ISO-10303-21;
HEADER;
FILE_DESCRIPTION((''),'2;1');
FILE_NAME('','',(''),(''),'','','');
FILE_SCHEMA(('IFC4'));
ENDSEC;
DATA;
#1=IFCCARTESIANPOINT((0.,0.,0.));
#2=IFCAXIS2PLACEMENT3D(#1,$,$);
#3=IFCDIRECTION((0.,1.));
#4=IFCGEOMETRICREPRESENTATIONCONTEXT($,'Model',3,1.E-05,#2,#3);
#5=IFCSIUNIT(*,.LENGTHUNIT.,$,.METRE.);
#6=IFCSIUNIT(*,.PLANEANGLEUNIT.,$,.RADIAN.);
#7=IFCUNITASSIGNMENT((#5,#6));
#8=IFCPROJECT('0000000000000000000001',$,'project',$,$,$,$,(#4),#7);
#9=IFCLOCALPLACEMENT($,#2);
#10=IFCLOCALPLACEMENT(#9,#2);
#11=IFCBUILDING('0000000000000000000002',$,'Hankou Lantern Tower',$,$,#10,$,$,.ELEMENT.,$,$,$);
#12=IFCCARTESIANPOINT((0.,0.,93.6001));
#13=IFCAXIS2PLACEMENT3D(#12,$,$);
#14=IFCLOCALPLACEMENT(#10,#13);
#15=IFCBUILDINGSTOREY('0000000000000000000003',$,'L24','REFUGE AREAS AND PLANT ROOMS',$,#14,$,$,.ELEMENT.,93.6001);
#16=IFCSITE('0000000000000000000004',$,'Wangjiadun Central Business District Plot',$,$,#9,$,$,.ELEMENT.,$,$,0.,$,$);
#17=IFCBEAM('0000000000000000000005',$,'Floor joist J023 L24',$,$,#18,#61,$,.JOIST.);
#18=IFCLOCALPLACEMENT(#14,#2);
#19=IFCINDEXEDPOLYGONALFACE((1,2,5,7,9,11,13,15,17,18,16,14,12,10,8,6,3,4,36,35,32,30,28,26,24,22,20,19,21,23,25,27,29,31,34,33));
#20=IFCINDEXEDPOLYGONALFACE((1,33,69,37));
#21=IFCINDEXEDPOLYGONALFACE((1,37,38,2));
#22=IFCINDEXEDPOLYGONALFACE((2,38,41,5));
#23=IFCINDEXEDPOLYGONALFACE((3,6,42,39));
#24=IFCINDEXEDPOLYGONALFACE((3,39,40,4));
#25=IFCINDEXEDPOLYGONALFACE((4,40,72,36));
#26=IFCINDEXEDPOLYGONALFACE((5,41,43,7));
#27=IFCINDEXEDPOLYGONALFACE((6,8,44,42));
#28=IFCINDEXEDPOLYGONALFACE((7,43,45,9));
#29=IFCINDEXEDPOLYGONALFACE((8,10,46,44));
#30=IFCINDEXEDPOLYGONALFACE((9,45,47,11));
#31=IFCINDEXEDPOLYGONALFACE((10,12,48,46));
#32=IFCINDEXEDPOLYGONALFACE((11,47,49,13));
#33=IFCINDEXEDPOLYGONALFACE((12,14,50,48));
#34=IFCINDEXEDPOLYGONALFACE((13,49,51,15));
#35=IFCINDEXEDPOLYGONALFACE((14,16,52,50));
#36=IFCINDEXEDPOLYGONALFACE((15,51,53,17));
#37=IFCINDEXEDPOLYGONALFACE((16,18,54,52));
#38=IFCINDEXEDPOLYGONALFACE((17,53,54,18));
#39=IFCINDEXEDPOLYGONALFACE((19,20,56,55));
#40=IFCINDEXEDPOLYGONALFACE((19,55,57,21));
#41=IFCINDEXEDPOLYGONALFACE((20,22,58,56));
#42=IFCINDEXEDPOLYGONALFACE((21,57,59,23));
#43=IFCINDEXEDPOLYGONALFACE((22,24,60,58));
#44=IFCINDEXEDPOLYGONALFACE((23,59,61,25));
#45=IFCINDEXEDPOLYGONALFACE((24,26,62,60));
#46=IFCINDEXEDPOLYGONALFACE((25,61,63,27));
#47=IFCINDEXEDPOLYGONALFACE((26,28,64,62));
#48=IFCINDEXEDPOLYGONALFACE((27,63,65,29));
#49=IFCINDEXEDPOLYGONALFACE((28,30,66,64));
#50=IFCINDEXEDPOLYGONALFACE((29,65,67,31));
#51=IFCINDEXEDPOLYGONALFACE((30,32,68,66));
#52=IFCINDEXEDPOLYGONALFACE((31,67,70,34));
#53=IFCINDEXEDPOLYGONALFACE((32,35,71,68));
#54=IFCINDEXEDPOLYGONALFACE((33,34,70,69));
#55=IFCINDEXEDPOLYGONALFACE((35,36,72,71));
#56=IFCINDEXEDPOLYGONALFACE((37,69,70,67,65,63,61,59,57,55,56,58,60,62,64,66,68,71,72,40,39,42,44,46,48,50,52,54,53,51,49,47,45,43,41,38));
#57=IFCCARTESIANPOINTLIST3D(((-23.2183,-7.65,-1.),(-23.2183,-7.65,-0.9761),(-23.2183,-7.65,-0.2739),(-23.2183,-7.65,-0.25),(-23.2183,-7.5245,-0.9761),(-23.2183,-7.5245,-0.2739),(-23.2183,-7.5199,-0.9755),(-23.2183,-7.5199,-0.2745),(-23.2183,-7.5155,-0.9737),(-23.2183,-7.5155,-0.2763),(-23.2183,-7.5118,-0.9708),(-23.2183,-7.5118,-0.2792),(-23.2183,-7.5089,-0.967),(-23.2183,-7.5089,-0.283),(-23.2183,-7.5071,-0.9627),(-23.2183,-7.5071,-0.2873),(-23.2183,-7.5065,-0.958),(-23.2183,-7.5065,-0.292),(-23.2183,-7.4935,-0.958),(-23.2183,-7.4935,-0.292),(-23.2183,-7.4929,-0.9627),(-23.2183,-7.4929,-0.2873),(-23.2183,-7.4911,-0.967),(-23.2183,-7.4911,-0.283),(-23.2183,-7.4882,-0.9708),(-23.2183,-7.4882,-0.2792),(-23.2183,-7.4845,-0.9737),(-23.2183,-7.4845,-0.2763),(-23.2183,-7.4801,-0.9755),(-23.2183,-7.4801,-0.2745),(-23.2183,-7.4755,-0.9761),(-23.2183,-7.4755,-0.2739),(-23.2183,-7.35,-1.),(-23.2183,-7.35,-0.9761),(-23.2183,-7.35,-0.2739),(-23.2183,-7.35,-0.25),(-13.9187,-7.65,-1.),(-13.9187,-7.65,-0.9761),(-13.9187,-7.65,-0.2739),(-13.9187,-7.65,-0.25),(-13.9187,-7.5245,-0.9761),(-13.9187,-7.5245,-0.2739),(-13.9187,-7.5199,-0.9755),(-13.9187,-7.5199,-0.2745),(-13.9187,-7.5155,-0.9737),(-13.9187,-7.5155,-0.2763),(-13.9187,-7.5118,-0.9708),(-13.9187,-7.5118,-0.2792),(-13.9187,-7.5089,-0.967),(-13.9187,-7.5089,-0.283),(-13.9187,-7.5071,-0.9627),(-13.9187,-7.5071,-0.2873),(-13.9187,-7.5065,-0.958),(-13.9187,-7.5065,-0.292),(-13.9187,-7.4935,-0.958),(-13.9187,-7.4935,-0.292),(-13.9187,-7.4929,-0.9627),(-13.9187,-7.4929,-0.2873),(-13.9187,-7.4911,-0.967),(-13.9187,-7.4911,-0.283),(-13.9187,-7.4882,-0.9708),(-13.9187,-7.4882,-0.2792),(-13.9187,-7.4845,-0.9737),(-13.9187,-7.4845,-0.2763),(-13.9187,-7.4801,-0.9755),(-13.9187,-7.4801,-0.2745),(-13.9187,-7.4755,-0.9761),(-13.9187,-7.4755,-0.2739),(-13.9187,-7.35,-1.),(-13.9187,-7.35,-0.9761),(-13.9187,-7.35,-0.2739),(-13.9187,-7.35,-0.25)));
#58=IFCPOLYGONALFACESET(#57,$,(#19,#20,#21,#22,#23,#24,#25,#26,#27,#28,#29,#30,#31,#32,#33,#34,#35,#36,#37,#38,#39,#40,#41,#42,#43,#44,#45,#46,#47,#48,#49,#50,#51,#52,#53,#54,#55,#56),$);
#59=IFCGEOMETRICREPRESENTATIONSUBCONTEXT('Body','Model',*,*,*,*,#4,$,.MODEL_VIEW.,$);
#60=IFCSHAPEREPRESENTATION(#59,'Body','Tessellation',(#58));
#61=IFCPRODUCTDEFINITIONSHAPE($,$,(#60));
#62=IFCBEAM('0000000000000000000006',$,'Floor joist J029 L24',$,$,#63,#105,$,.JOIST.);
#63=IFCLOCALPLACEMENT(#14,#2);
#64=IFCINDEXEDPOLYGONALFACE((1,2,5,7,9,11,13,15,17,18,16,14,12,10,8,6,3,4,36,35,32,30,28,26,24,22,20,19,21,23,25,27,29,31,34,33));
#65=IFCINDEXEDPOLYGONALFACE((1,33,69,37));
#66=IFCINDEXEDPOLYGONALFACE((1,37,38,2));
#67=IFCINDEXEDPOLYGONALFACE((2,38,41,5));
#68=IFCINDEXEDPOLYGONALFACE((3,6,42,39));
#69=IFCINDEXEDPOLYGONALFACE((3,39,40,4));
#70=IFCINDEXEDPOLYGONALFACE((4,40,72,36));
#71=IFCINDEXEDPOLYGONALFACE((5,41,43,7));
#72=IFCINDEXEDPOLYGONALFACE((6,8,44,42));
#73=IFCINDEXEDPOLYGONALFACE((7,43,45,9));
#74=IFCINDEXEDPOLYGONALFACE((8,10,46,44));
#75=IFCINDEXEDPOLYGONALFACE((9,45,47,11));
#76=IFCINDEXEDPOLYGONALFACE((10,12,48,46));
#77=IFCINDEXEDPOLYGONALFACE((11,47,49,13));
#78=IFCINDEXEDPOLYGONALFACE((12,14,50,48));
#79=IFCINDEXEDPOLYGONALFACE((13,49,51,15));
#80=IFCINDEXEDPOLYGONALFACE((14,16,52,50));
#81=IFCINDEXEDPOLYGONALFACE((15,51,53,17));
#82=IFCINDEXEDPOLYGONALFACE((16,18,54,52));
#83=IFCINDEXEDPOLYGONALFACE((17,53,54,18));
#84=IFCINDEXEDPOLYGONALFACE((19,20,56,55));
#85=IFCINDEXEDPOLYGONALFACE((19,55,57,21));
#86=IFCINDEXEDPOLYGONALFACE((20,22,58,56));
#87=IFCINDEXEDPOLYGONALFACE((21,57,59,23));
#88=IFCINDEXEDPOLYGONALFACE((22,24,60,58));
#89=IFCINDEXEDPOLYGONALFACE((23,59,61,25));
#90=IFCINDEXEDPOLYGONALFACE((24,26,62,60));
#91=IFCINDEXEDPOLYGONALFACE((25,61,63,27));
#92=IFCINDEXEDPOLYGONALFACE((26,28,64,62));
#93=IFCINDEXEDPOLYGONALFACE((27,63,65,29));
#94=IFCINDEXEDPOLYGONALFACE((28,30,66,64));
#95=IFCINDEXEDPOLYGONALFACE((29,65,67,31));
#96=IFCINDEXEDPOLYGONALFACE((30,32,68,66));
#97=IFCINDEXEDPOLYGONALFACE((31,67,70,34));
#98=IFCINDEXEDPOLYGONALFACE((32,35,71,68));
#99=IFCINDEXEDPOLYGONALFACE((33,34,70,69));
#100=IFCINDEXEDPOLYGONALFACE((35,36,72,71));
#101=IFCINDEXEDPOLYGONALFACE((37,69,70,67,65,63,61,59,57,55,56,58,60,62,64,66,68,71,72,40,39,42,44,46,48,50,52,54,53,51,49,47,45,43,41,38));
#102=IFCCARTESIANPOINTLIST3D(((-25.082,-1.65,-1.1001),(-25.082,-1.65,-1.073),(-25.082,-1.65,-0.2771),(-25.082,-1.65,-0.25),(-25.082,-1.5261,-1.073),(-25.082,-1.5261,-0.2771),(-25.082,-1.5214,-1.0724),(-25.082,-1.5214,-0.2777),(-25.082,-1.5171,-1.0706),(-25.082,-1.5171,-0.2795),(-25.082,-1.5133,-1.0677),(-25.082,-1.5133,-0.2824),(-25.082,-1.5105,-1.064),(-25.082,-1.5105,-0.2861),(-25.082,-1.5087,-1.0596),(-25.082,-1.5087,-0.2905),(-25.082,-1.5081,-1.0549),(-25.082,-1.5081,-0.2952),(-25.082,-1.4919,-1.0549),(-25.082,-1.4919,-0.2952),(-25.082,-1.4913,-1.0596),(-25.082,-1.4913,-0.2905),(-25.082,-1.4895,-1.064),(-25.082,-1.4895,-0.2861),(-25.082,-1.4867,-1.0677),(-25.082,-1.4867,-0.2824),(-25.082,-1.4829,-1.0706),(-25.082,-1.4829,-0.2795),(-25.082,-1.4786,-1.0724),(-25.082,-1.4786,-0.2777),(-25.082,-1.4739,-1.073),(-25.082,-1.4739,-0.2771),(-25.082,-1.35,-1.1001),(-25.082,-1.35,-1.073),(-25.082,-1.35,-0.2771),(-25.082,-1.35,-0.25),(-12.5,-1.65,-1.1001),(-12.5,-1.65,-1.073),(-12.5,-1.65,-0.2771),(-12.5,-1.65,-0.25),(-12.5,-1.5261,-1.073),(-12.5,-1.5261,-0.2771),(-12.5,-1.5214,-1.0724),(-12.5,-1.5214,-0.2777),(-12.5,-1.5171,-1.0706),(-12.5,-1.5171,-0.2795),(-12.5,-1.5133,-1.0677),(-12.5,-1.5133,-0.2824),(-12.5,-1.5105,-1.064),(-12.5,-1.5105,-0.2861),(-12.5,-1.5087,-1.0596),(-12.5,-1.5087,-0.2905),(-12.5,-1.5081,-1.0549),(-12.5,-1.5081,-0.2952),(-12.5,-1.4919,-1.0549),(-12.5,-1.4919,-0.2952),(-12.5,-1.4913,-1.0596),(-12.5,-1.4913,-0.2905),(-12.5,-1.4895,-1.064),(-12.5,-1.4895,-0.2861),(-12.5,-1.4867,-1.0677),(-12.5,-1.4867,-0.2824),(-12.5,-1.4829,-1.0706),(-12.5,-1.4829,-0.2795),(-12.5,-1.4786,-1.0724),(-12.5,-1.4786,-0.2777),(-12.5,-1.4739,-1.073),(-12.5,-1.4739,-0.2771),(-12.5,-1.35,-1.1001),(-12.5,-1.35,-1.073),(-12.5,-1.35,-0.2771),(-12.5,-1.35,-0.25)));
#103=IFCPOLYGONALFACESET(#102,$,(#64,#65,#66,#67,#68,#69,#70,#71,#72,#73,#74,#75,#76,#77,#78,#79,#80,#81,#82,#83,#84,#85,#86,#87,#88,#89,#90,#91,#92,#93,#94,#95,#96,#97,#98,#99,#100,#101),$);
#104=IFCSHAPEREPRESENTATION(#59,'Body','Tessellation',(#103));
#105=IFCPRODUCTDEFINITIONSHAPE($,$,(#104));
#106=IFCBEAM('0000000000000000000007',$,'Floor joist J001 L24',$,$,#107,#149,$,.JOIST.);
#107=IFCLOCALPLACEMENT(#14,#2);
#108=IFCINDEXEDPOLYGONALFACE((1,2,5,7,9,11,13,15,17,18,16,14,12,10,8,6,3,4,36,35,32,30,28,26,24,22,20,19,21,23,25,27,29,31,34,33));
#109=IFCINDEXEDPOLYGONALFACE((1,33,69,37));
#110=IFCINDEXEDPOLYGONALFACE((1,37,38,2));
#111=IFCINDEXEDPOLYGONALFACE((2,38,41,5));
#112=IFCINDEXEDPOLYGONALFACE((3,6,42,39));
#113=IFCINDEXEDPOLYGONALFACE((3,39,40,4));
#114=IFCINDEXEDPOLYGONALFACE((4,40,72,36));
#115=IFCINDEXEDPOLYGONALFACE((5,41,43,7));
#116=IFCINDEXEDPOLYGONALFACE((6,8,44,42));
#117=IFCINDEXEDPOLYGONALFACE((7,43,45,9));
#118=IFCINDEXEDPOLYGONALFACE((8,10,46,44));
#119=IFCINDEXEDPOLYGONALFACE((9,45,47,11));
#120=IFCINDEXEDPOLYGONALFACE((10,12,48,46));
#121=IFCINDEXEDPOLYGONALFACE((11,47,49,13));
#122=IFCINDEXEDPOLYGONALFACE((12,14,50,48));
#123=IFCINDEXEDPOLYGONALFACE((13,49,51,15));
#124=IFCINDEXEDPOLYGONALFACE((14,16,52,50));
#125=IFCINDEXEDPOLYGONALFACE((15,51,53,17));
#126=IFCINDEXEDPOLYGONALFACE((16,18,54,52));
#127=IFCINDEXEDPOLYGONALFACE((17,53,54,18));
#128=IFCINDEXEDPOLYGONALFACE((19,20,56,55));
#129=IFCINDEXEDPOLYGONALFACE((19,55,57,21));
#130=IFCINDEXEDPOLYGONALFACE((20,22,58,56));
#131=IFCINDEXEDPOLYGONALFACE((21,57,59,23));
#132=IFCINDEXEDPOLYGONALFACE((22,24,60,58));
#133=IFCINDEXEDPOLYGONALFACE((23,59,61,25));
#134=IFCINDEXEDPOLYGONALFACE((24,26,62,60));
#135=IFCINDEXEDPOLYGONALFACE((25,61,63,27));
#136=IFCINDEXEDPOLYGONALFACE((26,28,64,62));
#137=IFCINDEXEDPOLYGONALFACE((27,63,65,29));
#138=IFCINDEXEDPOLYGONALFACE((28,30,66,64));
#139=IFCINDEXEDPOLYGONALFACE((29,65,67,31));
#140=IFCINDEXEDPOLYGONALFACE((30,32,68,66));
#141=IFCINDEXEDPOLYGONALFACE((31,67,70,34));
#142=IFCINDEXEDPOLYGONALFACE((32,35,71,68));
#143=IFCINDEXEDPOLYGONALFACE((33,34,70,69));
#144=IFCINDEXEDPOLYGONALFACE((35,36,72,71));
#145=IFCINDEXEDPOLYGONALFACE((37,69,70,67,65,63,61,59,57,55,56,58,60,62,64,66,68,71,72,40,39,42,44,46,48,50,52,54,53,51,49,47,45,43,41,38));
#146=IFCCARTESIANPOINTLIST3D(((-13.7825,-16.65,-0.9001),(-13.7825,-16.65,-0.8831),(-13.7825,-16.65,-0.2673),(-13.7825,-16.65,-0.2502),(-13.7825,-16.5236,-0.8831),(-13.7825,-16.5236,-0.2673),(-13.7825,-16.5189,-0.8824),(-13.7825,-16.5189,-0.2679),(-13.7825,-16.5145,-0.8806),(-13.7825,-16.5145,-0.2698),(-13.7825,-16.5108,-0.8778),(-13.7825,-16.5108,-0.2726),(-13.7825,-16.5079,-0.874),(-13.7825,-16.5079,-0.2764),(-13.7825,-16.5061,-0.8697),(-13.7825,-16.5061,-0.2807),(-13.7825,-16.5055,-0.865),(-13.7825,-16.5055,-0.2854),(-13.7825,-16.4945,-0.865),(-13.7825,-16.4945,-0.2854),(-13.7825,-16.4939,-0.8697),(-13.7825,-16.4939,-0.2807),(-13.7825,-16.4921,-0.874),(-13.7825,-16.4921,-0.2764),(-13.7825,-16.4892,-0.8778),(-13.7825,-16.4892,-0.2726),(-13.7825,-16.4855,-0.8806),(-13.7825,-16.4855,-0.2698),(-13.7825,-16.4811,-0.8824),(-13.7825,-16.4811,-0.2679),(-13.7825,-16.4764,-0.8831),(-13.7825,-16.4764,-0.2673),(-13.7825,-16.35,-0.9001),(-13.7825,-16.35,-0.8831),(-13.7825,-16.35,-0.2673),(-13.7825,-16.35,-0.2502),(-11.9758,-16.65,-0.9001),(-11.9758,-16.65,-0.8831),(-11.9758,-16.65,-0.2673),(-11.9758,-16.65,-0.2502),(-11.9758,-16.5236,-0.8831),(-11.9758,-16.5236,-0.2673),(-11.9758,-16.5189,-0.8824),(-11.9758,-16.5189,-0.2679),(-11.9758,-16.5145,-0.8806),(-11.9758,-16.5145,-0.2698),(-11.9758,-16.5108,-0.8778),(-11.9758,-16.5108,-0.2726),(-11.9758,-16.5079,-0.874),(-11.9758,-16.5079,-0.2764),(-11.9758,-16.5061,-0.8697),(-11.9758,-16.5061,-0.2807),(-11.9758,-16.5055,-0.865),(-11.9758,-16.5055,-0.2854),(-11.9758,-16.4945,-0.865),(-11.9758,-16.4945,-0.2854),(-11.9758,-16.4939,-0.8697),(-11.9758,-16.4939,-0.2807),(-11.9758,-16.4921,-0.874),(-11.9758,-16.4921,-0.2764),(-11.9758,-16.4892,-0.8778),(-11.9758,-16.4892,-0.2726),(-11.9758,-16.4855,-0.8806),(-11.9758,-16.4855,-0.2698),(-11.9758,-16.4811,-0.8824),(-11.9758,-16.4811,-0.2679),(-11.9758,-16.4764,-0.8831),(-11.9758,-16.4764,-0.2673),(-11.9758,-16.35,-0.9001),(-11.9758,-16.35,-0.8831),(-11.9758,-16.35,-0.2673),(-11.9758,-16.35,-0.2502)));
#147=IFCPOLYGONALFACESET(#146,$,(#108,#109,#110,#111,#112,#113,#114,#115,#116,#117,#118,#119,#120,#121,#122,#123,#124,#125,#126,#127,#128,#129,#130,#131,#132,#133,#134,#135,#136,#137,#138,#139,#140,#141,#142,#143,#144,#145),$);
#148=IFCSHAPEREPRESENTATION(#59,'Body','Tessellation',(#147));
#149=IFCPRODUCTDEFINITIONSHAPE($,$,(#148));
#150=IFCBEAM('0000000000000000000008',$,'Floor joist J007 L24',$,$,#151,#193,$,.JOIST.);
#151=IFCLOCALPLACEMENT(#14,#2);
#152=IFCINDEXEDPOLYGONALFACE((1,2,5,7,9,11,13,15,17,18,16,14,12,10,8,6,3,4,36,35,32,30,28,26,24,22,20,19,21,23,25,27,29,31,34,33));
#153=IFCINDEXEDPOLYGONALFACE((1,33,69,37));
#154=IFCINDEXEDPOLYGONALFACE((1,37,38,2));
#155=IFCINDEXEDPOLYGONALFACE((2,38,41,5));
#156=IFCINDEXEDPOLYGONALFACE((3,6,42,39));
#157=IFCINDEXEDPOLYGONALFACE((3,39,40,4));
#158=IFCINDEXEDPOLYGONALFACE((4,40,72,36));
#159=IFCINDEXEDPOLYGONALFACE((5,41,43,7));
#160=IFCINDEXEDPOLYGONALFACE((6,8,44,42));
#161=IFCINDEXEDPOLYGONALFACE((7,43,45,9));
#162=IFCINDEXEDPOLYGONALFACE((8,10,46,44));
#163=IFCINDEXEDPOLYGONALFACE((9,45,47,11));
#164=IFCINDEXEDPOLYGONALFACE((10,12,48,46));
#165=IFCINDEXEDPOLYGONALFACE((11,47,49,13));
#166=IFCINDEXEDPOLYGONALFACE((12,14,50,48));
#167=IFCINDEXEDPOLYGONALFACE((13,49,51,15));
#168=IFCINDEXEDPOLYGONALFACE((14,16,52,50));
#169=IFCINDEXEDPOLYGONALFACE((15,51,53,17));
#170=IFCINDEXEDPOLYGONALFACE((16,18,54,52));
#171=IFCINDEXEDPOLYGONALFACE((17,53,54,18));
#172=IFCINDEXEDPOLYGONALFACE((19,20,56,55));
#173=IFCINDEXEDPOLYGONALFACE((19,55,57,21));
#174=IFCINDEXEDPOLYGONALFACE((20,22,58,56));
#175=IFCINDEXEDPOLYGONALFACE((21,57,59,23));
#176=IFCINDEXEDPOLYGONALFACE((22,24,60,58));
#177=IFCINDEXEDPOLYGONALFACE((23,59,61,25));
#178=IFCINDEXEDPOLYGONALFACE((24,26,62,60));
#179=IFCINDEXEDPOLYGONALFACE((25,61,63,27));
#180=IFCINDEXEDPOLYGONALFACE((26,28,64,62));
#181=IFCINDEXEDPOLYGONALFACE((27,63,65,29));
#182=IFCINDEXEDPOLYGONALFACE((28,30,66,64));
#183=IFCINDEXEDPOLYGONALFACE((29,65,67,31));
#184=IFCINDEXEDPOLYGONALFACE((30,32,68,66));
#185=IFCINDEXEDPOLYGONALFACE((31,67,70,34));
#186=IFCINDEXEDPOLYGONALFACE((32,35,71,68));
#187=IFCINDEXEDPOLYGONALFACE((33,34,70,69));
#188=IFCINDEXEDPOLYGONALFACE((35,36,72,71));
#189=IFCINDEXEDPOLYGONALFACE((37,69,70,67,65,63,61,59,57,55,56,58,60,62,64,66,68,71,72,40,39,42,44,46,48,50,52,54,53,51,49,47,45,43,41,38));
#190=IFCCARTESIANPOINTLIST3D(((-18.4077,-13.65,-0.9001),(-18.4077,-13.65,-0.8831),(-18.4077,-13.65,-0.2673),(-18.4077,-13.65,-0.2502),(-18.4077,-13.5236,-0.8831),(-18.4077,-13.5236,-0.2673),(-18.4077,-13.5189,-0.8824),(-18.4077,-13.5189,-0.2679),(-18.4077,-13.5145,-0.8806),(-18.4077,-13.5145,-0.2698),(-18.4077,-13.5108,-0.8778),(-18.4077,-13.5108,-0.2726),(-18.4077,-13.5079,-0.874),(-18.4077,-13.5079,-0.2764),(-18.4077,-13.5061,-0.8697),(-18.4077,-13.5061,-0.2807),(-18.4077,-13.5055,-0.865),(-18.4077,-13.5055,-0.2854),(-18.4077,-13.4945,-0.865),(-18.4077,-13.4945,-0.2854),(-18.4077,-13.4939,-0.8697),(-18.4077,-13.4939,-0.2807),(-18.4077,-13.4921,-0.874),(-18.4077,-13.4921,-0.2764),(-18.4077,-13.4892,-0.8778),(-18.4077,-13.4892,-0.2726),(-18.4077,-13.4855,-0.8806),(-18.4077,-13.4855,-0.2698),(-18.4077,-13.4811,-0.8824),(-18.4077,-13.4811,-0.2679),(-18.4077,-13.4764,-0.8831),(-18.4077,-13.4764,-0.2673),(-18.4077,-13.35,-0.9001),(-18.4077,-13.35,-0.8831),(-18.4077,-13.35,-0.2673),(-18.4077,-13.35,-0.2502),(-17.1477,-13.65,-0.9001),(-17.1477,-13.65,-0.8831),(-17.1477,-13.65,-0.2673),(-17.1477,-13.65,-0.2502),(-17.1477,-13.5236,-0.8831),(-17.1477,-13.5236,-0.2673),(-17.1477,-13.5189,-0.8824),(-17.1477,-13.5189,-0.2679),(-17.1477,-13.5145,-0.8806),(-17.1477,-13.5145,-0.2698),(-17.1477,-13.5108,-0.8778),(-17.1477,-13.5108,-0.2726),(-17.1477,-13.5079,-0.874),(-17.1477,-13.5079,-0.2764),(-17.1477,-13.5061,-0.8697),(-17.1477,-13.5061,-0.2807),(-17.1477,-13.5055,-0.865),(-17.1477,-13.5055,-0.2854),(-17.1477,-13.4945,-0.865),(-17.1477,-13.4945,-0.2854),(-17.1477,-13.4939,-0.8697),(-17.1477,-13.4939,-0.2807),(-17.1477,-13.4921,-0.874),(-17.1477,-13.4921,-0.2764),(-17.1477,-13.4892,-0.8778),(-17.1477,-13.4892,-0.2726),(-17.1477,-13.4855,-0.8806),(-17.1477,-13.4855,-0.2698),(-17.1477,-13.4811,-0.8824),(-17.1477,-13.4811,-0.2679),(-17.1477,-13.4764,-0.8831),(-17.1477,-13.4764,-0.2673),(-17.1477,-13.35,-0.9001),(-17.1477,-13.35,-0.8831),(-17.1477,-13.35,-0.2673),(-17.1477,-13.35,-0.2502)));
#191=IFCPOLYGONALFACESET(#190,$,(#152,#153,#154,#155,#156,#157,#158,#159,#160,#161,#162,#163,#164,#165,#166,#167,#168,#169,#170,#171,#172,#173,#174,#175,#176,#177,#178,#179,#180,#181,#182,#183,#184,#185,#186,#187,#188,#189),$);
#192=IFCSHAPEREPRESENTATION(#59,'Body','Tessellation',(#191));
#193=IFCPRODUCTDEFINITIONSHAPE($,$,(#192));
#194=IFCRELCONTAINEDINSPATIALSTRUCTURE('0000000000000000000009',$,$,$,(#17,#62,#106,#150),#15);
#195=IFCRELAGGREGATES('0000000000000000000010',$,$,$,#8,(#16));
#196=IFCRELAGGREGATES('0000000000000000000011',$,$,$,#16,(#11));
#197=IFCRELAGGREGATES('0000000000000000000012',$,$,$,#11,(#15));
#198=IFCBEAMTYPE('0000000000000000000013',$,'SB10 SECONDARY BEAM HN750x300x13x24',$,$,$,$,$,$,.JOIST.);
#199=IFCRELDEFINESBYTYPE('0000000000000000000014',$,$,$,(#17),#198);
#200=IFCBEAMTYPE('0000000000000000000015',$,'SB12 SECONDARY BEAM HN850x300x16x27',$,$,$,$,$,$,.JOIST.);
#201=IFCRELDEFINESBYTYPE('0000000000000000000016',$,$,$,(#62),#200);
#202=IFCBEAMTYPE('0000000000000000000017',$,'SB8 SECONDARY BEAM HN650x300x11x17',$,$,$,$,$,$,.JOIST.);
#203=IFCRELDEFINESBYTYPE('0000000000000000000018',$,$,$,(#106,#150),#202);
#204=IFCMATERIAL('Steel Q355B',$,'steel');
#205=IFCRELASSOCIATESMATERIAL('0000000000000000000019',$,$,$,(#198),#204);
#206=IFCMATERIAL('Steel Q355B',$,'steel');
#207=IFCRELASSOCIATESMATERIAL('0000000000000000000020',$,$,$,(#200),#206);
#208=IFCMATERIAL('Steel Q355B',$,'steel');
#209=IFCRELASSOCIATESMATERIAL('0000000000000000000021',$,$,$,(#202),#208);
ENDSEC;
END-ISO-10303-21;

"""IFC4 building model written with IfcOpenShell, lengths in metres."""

from ifc_helpers import new_model, si_unit, direction, frame, origin, origin_2d, place, context, subcontext, project, spatial, i_section, extrude, material, material_profile, profile_set, type_object, element, save


model = new_model("IFC4")

# Units and contexts
model_context = context("Model", 3, precision=1e-05, world=origin(), true_north=direction((0.0, 1.0)))
body_context = subcontext(model_context, "Body", "Model", "MODEL_VIEW")
ifc_project = project(units=[si_unit("LENGTHUNIT", "METRE"), si_unit("PLANEANGLEUNIT", "RADIAN")], contexts=[model_context])

# Site, building, storey
site_placement = place(None, origin())
site = spatial("IfcSite", under=ifc_project, at=site_placement, Name="Wangjiadun Central Business District Plot", CompositionType="ELEMENT", RefElevation=0.0)
building_placement = place(site_placement, origin())
building = spatial("IfcBuilding", under=site, at=building_placement, Name="Hankou Lantern Tower", CompositionType="ELEMENT")
storey_placement = place(building_placement, frame((0.0, 0.0, 93.6001)))
storey = spatial("IfcBuildingStorey", under=building, at=storey_placement, Name="L24", Description="REFUGE AREAS AND PLANT ROOMS", CompositionType="ELEMENT", Elevation=93.6001)

# Beams
ifc_material_1 = material(Name="Steel Q355B", Category="steel")
ifc_material_profile_1 = material_profile(ifc_material_1, i_section(OverallWidth=0.3, OverallDepth=0.75, WebThickness=0.0129, FlangeThickness=0.0239, FilletRadius=0.0181, at=origin_2d()), Name="HN750x300x13x24")
ifc_profile_set_1 = profile_set([ifc_material_profile_1], Name="Steel Q355B")
beam_type_1 = type_object("IfcBeamType", Name="SB10 SECONDARY BEAM HN750x300x13x24", PredefinedType="JOIST", material=ifc_profile_set_1)
beam_1_placement = place(storey_placement, frame((-23.2183, -7.5, -0.625), z_axis=(1.0, 0.0, 0.0), x_axis=(0.0, 1.0, 0.0)))
element("IfcBeam", 1, at=beam_1_placement, inside=storey, type_object=beam_type_1, Name="Floor joist J023 L24", PredefinedType="JOIST", context=body_context, shape_type="SweptSolid", body=[
    extrude(i_section(OverallWidth=0.3, OverallDepth=0.75, WebThickness=0.0129, FlangeThickness=0.0239, FilletRadius=0.0181, at=origin_2d()), origin(), (0.0, 0.0, 1.0), 9.2996),
])
ifc_material_2 = material(Name="Steel Q355B", Category="steel")
ifc_material_profile_2 = material_profile(ifc_material_2, i_section(OverallWidth=0.3, OverallDepth=0.8501, WebThickness=0.0161, FlangeThickness=0.0271, FilletRadius=0.0181, at=origin_2d()), Name="HN850x300x16x27")
ifc_profile_set_2 = profile_set([ifc_material_profile_2], Name="Steel Q355B")
beam_type_2 = type_object("IfcBeamType", Name="SB12 SECONDARY BEAM HN850x300x16x27", PredefinedType="JOIST", material=ifc_profile_set_2)
beam_2_placement = place(storey_placement, frame((-25.082, -1.5, -0.675), z_axis=(1.0, 0.0, 0.0), x_axis=(0.0, 1.0, 0.0)))
element("IfcBeam", 2, at=beam_2_placement, inside=storey, type_object=beam_type_2, Name="Floor joist J029 L24", PredefinedType="JOIST", context=body_context, shape_type="SweptSolid", body=[
    extrude(i_section(OverallWidth=0.3, OverallDepth=0.8501, WebThickness=0.0161, FlangeThickness=0.0271, FilletRadius=0.0181, at=origin_2d()), origin(), (0.0, 0.0, 1.0), 12.582),
])
ifc_material_3 = material(Name="Steel Q355B", Category="steel")
ifc_material_profile_3 = material_profile(ifc_material_3, i_section(OverallWidth=0.3, OverallDepth=0.6499, WebThickness=0.011, FlangeThickness=0.0171, FilletRadius=0.0181, at=origin_2d()), Name="HN650x300x11x17")
ifc_profile_set_3 = profile_set([ifc_material_profile_3], Name="Steel Q355B")
beam_type_3 = type_object("IfcBeamType", Name="SB8 SECONDARY BEAM HN650x300x11x17", PredefinedType="JOIST", material=ifc_profile_set_3)
beam_3_placement = place(storey_placement, frame((-13.7825, -16.5, -0.5752), z_axis=(1.0, 0.0, 0.0), x_axis=(0.0, 1.0, 0.0)))
element("IfcBeam", 3, at=beam_3_placement, inside=storey, type_object=beam_type_3, Name="Floor joist J001 L24", PredefinedType="JOIST", context=body_context, shape_type="SweptSolid", body=[
    extrude(i_section(OverallWidth=0.3, OverallDepth=0.6499, WebThickness=0.011, FlangeThickness=0.0171, FilletRadius=0.0181, at=origin_2d()), origin(), (0.0, 0.0, 1.0), 1.8066),
])
beam_4_placement = place(storey_placement, frame((-18.4077, -13.5, -0.5752), z_axis=(1.0, 0.0, 0.0), x_axis=(0.0, 1.0, 0.0)))
element("IfcBeam", 4, at=beam_4_placement, inside=storey, type_object=beam_type_3, Name="Floor joist J007 L24", PredefinedType="JOIST", context=body_context, shape_type="SweptSolid", body=[
    extrude(i_section(OverallWidth=0.3, OverallDepth=0.6499, WebThickness=0.011, FlangeThickness=0.0171, FilletRadius=0.0181, at=origin_2d()), origin(), (0.0, 0.0, 1.0), 1.26),
])

save(model, "model.ifc")
